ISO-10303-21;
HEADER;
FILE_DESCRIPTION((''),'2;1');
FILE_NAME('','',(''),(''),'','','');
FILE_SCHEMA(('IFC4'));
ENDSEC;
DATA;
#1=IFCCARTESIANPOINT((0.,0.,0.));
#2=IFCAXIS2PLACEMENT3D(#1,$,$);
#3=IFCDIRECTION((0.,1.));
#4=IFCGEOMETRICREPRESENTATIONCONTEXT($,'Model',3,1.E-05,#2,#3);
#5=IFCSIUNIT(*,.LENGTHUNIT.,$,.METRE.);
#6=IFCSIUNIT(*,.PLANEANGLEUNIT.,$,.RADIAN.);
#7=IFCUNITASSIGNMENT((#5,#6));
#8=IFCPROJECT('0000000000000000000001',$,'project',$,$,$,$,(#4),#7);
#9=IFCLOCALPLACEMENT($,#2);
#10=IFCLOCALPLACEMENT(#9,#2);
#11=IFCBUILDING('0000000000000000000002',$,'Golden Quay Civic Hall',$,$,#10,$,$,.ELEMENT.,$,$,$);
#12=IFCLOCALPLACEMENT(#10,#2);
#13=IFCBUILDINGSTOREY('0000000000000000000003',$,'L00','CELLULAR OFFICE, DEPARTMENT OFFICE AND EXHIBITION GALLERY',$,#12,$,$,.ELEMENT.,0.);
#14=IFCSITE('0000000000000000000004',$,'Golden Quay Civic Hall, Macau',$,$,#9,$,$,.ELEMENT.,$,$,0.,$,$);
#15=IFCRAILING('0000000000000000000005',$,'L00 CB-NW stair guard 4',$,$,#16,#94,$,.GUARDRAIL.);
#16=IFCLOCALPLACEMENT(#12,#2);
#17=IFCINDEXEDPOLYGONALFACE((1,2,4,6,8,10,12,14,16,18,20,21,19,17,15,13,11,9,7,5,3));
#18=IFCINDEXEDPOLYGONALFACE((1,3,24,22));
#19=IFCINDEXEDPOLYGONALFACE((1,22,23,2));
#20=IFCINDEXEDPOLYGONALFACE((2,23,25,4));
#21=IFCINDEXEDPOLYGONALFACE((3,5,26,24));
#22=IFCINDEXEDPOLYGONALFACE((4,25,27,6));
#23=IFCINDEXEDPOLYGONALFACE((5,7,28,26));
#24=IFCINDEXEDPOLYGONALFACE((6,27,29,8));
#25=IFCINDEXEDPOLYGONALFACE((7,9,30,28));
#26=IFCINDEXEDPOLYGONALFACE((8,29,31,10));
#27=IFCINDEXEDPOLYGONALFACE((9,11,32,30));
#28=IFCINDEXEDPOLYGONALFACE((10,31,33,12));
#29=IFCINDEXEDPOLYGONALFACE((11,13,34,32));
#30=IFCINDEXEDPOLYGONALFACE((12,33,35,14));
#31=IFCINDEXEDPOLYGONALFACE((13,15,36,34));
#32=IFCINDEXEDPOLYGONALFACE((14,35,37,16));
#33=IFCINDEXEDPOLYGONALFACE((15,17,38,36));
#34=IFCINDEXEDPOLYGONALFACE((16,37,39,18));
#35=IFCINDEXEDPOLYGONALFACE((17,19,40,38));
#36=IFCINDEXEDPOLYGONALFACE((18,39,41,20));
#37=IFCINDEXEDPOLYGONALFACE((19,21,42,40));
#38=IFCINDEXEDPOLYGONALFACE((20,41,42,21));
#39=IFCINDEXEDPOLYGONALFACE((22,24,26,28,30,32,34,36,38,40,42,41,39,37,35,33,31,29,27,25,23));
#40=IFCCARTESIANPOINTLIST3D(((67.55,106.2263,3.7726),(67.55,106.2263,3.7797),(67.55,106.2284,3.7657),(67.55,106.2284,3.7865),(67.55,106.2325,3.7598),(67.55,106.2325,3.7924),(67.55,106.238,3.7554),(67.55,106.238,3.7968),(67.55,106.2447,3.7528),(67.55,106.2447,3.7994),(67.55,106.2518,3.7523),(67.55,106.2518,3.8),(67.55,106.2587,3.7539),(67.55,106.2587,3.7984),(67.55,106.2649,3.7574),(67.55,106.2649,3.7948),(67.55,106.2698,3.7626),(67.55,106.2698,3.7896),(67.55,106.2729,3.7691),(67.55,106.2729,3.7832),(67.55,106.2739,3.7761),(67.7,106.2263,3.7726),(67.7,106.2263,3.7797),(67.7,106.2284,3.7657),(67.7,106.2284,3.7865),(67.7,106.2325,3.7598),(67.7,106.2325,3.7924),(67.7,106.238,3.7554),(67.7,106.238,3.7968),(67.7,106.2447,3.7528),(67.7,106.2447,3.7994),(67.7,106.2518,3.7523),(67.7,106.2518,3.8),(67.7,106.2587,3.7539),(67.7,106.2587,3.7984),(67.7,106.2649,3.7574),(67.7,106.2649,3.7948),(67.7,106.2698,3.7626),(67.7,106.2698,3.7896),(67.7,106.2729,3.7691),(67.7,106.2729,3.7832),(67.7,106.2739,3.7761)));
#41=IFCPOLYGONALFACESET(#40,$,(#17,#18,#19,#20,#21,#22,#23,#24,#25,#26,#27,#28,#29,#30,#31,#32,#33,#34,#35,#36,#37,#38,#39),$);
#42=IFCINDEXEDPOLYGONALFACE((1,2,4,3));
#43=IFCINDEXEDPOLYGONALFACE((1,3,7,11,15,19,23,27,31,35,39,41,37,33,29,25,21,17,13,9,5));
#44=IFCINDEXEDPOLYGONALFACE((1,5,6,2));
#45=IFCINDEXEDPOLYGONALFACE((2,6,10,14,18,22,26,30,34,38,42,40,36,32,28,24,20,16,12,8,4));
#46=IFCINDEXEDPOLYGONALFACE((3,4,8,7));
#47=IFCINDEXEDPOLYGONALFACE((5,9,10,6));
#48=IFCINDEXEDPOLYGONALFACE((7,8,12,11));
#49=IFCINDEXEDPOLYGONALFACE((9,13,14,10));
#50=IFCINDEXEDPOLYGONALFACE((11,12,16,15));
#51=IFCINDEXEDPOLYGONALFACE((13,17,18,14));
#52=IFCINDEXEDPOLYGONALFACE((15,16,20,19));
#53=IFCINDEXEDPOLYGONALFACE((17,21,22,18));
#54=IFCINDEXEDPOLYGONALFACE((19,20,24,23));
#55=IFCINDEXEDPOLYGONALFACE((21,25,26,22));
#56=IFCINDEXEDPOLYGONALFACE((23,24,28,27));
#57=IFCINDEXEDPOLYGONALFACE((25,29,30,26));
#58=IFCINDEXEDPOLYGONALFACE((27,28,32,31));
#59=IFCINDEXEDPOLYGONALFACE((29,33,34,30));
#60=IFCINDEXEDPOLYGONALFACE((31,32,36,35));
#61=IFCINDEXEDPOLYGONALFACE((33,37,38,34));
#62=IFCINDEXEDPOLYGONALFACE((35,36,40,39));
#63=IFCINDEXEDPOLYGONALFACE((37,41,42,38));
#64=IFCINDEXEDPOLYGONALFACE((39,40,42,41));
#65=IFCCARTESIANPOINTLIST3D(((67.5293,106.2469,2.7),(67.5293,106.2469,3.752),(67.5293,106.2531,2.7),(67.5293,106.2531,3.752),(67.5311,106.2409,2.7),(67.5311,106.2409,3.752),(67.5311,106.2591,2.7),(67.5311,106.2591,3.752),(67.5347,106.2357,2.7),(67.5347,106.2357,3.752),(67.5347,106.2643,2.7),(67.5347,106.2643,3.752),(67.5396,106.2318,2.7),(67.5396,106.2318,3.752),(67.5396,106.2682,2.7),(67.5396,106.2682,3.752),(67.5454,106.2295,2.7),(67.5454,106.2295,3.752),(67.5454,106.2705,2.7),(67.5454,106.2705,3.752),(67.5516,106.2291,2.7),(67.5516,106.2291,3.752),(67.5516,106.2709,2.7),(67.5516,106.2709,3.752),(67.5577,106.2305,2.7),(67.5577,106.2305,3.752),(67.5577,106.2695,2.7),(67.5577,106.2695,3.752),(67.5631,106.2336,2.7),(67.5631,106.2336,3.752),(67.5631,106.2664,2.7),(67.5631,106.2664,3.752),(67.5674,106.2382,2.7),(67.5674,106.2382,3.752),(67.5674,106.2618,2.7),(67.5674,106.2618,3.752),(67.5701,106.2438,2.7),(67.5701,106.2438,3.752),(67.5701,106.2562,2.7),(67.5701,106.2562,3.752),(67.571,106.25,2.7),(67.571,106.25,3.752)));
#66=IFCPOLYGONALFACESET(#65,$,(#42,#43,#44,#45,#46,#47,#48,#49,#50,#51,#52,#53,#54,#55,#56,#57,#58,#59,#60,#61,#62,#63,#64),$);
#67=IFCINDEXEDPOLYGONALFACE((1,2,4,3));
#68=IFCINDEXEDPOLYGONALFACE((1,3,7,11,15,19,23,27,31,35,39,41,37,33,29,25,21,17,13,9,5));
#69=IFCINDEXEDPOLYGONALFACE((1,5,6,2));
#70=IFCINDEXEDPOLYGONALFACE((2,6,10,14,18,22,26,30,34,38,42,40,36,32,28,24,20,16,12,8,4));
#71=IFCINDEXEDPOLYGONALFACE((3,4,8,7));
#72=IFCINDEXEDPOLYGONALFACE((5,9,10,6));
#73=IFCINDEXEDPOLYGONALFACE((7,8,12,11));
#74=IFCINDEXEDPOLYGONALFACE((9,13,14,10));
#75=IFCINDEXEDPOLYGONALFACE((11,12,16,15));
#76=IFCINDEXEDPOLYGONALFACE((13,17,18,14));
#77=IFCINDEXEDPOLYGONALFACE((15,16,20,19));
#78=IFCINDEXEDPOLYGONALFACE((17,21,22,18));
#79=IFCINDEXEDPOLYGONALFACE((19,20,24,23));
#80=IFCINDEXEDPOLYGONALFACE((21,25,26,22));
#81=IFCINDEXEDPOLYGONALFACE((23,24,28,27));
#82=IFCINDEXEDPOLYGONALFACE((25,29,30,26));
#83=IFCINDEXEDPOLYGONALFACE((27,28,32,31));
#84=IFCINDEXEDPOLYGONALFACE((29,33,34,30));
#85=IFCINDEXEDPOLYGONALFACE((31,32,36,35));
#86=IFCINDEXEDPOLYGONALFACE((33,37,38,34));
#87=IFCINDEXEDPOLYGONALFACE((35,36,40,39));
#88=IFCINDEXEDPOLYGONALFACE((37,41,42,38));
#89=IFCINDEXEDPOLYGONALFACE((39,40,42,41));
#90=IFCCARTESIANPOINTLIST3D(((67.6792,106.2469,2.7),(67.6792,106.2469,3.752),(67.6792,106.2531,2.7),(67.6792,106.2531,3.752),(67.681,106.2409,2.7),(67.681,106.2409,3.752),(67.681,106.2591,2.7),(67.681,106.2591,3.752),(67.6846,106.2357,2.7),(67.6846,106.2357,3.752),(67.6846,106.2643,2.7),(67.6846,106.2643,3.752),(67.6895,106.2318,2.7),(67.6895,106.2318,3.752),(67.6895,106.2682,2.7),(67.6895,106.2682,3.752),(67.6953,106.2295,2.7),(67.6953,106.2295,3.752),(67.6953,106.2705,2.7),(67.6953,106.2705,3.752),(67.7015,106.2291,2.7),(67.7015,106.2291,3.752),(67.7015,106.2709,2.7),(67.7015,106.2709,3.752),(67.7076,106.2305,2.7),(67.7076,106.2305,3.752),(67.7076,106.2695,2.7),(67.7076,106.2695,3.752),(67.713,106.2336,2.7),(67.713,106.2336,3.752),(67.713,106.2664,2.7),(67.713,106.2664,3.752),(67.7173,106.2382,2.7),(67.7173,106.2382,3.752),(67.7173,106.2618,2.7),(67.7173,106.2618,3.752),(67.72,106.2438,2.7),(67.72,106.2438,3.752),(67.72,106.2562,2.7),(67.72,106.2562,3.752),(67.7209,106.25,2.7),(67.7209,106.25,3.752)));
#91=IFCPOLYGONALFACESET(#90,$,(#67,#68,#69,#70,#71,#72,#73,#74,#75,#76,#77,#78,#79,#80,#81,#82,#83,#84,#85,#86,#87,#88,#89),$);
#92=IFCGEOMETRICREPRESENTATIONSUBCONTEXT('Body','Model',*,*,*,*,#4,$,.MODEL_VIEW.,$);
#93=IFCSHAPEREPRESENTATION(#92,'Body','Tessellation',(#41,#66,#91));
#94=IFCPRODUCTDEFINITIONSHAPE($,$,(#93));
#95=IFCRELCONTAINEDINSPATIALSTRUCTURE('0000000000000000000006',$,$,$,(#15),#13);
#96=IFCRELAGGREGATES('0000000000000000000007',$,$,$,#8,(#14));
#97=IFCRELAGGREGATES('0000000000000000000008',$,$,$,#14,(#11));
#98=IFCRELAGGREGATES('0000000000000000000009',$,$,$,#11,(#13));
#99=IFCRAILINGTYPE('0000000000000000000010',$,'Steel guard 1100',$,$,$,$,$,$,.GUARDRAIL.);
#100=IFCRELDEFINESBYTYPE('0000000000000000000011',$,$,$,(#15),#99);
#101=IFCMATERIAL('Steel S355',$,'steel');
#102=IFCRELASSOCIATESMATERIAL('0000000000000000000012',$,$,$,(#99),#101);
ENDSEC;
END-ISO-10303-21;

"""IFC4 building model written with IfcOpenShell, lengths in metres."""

from ifc_helpers import new_model, si_unit, direction, frame, origin, origin_2d, place, context, subcontext, project, spatial, circle, extrude, material, type_object, element, save


model = new_model("IFC4")

# Units and contexts
model_context = context("Model", 3, precision=1e-05, world=origin(), true_north=direction((0.0, 1.0)))
body_context = subcontext(model_context, "Body", "Model", "MODEL_VIEW")
ifc_project = project(units=[si_unit("LENGTHUNIT", "METRE"), si_unit("PLANEANGLEUNIT", "RADIAN")], contexts=[model_context])

# Site, building, storey
site_placement = place(None, origin())
site = spatial("IfcSite", under=ifc_project, at=site_placement, Name="Golden Quay Civic Hall, Macau", CompositionType="ELEMENT", RefElevation=0.0)
building_placement = place(site_placement, origin())
building = spatial("IfcBuilding", under=site, at=building_placement, Name="Golden Quay Civic Hall", CompositionType="ELEMENT")
storey_placement = place(building_placement, origin())
storey = spatial("IfcBuildingStorey", under=building, at=storey_placement, Name="L00", Description="CELLULAR OFFICE, DEPARTMENT OFFICE AND EXHIBITION GALLERY", CompositionType="ELEMENT", Elevation=0.0)

# Railing
ifc_material_1 = material(Name="Steel S355", Category="steel")
railing_type = type_object("IfcRailingType", Name="Steel guard 1100", PredefinedType="GUARDRAIL", material=ifc_material_1)
railing_1_placement = place(storey_placement, frame((67.55, 106.25, 2.7)))
element("IfcRailing", 1, at=railing_1_placement, inside=storey, type_object=railing_type, Name="L00 CB-NW stair guard 4", PredefinedType="GUARDRAIL", context=body_context, shape_type="SweptSolid", body=[
    extrude(circle(Radius=0.0239, at=origin_2d()), frame((0.0, 0.0, 1.0762), z_axis=(1.0, 0.0, 0.0), x_axis=(0.0, 1.0, 0.0)), (0.0, 0.0, 1.0), 0.1499),
    extrude(circle(Radius=0.021, at=origin_2d()), origin(), (0.0, 0.0, 1.0), 1.052),
    extrude(circle(Radius=0.021, at=origin_2d()), frame((0.1499, 0.0, 0.0)), (0.0, 0.0, 1.0), 1.052),
])

save(model, "model.ifc")
